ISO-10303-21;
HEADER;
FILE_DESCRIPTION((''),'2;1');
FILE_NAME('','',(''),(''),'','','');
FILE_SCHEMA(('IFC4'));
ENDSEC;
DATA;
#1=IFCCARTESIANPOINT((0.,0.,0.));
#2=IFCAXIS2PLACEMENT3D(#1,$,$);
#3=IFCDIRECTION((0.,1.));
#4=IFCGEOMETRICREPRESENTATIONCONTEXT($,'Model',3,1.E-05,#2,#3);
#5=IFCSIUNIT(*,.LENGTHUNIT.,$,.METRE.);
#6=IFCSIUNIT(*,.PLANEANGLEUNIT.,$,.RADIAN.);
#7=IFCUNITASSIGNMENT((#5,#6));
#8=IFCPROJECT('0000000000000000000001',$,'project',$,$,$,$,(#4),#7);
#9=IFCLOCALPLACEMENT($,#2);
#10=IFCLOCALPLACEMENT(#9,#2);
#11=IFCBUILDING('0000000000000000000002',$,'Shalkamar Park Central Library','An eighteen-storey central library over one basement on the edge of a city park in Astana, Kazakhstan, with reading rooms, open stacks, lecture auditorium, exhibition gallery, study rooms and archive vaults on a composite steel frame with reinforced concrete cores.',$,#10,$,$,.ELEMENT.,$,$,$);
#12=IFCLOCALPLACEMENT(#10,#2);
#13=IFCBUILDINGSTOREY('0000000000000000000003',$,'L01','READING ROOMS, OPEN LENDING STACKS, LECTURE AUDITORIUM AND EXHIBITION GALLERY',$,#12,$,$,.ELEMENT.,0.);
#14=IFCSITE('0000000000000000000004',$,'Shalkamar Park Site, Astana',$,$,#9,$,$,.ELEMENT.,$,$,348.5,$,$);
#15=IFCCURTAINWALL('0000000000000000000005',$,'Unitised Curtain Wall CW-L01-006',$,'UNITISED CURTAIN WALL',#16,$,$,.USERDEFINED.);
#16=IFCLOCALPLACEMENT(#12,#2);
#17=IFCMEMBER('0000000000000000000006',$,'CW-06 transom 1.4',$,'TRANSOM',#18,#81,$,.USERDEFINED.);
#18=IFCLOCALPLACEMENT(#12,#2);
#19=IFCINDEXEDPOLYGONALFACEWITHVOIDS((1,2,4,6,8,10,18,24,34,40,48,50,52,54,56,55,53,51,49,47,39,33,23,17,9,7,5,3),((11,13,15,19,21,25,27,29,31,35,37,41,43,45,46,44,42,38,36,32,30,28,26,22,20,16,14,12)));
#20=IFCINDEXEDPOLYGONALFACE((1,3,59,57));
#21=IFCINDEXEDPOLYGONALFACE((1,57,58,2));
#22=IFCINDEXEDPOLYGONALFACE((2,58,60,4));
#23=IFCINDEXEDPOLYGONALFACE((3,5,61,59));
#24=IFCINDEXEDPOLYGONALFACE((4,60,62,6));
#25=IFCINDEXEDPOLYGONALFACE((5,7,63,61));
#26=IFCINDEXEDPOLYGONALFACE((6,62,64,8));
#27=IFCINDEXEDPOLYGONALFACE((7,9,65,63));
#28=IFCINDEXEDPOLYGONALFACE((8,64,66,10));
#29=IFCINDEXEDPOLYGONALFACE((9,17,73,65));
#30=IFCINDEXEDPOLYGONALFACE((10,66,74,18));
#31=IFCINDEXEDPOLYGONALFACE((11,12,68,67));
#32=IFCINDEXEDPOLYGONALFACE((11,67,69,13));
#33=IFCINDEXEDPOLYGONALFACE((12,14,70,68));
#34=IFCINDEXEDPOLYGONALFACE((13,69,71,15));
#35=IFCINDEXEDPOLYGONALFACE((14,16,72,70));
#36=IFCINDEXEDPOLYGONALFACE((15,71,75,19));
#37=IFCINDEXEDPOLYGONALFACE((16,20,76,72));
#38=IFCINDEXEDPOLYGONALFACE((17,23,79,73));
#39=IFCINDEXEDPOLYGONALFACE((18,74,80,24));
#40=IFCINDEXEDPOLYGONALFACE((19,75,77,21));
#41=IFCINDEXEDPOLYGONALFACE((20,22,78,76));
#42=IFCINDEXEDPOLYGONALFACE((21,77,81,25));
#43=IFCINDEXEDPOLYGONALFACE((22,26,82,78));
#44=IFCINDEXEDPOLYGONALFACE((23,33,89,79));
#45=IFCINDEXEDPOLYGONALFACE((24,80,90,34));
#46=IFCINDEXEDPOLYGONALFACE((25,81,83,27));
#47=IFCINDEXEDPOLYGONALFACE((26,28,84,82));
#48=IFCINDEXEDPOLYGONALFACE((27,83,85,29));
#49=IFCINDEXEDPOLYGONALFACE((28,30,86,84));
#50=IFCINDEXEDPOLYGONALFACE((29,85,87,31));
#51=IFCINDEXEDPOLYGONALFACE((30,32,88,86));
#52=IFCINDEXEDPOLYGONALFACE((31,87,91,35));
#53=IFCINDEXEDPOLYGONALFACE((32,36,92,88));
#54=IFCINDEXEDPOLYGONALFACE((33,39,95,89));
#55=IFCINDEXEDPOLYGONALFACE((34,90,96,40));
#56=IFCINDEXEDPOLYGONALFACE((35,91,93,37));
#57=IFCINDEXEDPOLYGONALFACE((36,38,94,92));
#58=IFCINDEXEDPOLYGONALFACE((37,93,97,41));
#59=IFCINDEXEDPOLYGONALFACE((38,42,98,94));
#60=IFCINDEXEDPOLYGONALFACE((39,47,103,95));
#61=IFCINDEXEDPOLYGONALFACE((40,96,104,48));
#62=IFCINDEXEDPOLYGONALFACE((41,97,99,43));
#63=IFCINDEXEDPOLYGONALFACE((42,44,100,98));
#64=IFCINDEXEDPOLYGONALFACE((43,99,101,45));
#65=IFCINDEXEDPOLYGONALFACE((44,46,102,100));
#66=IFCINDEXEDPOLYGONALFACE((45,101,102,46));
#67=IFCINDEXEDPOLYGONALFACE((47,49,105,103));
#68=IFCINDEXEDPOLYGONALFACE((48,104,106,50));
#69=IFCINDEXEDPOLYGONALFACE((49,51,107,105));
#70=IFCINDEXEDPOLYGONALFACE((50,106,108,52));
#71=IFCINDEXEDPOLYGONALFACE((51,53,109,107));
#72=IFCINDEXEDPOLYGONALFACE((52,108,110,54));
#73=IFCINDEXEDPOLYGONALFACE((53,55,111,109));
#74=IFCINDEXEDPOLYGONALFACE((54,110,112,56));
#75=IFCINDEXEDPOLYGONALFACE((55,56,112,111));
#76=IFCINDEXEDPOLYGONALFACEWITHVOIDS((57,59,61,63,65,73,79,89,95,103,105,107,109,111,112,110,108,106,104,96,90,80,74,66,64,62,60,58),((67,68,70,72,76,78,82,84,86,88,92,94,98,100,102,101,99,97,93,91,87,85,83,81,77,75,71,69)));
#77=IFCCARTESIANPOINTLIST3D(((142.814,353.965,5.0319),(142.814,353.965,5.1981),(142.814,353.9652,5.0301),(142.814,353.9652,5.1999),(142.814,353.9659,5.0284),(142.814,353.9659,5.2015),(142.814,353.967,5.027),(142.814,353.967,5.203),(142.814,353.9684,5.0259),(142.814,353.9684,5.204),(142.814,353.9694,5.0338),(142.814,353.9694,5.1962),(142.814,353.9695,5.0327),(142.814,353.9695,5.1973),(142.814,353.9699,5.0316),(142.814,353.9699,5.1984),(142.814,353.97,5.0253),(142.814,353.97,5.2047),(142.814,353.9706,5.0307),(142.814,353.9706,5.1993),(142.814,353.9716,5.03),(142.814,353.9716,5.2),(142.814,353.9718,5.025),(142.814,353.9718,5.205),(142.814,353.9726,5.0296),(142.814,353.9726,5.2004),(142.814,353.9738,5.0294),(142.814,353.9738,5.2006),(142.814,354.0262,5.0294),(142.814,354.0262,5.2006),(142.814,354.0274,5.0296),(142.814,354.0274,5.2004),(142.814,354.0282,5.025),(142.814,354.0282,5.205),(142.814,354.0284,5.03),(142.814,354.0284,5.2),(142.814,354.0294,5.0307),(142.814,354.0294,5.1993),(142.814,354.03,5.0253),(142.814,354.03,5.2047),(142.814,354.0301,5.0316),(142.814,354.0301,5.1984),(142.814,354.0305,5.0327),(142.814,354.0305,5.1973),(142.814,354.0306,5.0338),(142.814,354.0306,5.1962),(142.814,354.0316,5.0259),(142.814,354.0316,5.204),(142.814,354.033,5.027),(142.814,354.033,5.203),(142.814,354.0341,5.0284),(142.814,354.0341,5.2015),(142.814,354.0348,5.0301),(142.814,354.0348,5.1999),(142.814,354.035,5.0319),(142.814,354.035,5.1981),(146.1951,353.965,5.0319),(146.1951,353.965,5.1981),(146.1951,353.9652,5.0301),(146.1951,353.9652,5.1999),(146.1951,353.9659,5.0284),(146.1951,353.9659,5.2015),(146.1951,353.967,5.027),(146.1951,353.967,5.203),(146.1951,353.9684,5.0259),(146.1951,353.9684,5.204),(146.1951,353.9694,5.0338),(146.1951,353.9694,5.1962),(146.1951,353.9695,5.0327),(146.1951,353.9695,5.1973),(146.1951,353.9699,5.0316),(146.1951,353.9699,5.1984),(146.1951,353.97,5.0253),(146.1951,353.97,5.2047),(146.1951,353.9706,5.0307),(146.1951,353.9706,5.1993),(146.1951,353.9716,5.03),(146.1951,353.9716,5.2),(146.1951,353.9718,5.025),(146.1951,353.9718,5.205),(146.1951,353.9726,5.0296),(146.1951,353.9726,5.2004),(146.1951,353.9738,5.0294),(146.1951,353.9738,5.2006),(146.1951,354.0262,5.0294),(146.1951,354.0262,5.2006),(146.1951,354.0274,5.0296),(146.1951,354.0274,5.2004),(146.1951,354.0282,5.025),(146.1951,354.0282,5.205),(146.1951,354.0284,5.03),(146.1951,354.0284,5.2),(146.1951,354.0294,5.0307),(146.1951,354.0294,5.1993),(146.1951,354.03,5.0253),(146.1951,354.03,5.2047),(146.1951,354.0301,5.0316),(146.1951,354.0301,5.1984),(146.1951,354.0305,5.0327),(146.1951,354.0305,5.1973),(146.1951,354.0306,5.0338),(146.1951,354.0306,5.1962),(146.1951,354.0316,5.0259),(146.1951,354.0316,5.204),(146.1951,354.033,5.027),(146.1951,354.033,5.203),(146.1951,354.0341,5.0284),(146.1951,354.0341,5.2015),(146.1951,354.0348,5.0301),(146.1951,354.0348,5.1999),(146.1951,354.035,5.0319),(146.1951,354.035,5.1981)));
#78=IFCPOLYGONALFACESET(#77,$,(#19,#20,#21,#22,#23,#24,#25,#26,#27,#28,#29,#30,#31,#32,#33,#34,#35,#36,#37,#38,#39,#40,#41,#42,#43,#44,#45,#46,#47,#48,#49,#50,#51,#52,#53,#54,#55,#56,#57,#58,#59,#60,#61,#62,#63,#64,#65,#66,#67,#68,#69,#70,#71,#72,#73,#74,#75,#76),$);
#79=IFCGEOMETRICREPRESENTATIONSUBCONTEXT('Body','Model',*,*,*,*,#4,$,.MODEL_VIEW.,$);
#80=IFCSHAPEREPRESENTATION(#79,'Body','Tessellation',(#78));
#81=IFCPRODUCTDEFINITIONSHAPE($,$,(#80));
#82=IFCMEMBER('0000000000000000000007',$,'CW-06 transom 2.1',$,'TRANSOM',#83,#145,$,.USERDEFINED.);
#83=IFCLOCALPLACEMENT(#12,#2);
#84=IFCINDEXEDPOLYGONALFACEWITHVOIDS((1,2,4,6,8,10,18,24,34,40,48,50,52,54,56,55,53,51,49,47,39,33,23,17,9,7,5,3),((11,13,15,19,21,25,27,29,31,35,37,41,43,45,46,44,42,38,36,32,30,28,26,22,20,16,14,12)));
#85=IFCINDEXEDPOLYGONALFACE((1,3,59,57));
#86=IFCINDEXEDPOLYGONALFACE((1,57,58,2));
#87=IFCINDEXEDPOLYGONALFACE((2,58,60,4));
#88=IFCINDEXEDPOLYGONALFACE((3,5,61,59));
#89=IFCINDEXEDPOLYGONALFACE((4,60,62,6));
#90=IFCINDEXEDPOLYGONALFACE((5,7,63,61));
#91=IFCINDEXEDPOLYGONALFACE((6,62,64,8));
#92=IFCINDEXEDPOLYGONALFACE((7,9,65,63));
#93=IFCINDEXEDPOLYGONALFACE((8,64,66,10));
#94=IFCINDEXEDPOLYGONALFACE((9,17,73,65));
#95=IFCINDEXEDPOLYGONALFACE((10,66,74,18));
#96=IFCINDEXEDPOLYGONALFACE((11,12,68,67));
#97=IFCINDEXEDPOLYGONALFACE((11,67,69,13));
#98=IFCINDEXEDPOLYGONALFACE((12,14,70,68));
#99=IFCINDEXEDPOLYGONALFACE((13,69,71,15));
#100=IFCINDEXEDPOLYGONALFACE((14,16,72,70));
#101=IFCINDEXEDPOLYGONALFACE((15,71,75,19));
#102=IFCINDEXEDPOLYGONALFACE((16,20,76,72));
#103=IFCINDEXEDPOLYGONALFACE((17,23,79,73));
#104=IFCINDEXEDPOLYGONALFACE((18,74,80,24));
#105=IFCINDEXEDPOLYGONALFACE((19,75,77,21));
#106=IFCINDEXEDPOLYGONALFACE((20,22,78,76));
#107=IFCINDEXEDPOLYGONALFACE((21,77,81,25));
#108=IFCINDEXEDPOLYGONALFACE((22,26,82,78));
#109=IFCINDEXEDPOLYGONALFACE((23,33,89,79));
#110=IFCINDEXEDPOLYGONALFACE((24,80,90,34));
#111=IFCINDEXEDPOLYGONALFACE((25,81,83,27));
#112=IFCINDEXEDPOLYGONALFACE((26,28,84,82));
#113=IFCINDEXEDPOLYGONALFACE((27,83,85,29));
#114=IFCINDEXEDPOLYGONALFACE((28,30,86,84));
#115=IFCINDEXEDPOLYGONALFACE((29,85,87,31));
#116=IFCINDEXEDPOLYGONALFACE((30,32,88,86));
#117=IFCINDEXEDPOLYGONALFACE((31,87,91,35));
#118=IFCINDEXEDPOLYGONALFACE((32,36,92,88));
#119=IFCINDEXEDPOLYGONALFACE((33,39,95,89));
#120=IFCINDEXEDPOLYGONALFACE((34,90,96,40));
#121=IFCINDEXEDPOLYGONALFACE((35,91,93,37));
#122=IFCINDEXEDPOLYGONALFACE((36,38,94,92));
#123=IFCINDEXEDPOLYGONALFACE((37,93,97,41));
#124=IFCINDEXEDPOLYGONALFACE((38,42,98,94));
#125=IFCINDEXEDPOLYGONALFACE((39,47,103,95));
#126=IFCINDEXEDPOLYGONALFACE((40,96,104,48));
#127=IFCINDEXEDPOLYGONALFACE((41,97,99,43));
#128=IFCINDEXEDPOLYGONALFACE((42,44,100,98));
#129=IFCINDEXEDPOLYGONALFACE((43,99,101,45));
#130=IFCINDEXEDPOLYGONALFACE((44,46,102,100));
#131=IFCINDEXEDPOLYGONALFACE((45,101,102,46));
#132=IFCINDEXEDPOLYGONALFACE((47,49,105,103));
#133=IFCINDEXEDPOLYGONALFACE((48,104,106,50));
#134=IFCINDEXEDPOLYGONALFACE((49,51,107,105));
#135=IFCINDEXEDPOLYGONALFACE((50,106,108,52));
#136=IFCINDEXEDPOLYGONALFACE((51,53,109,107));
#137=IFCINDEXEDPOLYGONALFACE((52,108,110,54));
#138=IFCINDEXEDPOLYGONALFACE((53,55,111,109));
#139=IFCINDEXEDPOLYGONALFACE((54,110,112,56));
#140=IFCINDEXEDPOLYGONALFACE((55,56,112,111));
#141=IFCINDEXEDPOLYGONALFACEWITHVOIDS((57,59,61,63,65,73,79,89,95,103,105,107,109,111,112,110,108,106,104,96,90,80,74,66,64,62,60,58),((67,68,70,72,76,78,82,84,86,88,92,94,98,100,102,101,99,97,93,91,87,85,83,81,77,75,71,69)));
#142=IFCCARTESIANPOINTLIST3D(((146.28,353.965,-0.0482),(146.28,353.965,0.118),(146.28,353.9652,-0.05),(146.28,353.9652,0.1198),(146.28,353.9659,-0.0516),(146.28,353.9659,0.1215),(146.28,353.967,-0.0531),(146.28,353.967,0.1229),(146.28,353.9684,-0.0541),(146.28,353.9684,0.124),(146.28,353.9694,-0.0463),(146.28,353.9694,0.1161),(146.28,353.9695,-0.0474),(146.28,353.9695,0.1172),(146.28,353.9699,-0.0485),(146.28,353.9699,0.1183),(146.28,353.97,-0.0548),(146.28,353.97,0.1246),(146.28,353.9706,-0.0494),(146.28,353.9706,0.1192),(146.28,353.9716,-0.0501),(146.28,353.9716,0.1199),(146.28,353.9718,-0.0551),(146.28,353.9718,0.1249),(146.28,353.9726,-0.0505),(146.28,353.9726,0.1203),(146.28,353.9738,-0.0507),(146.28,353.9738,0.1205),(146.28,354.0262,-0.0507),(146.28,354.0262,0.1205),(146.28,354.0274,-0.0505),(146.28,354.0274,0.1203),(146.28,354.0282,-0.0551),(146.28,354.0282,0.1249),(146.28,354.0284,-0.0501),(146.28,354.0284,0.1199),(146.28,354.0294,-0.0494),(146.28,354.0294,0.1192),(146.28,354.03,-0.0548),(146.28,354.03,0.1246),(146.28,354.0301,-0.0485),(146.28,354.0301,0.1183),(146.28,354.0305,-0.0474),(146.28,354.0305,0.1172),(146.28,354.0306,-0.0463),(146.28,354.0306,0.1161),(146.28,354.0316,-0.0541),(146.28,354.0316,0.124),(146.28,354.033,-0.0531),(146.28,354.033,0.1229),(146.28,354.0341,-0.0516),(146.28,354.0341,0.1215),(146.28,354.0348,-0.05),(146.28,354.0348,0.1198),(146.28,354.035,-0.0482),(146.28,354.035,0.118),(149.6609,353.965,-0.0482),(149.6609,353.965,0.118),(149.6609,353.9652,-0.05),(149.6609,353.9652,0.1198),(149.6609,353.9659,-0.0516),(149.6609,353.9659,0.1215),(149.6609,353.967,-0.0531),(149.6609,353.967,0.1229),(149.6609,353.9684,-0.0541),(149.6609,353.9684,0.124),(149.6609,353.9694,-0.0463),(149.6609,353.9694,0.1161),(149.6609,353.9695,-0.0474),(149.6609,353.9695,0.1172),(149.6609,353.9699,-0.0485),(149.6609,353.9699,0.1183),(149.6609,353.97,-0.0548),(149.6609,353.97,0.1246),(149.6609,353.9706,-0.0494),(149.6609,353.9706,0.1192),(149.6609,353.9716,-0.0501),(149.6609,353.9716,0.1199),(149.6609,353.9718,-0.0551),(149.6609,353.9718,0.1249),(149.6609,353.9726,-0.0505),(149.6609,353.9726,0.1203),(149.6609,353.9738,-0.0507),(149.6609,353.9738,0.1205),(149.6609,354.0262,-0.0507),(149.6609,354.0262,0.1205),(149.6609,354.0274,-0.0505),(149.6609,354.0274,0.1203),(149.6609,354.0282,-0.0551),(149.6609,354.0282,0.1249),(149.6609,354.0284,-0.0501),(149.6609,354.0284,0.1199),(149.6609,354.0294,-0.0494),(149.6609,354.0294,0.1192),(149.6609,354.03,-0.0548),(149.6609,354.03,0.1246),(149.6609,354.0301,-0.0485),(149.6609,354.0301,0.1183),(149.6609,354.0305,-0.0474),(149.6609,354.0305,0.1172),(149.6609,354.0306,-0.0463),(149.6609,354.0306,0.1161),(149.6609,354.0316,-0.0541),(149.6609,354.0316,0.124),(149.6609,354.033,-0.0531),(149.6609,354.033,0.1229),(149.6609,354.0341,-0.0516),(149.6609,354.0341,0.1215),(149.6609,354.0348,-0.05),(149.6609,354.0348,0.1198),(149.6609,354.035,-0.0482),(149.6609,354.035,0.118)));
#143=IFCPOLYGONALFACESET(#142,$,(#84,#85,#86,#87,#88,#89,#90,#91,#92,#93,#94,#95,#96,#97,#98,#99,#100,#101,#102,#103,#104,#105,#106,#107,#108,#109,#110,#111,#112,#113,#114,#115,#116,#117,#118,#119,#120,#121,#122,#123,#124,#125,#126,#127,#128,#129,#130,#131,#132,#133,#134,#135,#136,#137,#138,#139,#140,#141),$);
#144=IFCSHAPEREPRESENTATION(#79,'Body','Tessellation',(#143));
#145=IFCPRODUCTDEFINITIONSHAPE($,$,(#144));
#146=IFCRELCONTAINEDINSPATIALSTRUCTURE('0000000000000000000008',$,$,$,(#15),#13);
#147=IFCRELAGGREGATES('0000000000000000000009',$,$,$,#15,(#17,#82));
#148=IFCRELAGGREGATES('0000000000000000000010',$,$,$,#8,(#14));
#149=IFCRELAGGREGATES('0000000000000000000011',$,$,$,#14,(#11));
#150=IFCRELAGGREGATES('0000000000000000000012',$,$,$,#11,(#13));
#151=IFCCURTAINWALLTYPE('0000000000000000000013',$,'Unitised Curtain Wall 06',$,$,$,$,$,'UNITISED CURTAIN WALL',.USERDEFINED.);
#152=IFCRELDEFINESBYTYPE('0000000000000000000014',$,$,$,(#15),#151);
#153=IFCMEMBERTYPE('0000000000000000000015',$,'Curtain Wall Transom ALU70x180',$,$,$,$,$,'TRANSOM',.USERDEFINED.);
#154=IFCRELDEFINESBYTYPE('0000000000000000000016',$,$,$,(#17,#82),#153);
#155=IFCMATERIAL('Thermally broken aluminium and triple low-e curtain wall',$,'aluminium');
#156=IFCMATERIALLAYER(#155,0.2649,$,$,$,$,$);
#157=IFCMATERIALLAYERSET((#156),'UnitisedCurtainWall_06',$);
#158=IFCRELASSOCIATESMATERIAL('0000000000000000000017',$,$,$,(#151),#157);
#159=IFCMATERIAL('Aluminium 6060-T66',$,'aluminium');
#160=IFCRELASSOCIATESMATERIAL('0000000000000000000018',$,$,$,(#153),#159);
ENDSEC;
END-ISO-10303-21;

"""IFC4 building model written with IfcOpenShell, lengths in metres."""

from ifc_helpers import new_model, si_unit, direction, frame, origin, origin_2d, place, context, subcontext, project, spatial, hollow_rectangle, extrude, material, layer, layer_set, material_profile, profile_set, type_object, element, aggregate, save


model = new_model("IFC4")

# Units and contexts
model_context = context("Model", 3, precision=1e-05, world=origin(), true_north=direction((0.0, 1.0)))
body_context = subcontext(model_context, "Body", "Model", "MODEL_VIEW")
ifc_project = project(units=[si_unit("LENGTHUNIT", "METRE"), si_unit("PLANEANGLEUNIT", "RADIAN")], contexts=[model_context])

# Site, building, storey
site_placement = place(None, origin())
site = spatial("IfcSite", under=ifc_project, at=site_placement, Name="Shalkamar Park Site, Astana", CompositionType="ELEMENT", RefElevation=348.5)
building_placement = place(site_placement, origin())
building = spatial("IfcBuilding", under=site, at=building_placement, Name="Shalkamar Park Central Library", Description="An eighteen-storey central library over one basement on the edge of a city park in Astana, Kazakhstan, with reading rooms, open stacks, lecture auditorium, exhibition gallery, study rooms and archive vaults on a composite steel frame with reinforced concrete cores.", CompositionType="ELEMENT")
storey_placement = place(building_placement, origin())
storey = spatial("IfcBuildingStorey", under=building, at=storey_placement, Name="L01", Description="READING ROOMS, OPEN LENDING STACKS, LECTURE AUDITORIUM AND EXHIBITION GALLERY", CompositionType="ELEMENT", Elevation=0.0)

# Curtain wall, members
ifc_material_1 = material(Name="Thermally broken aluminium and triple low-e curtain wall", Category="aluminium")
ifc_layer_1 = layer(ifc_material_1, 0.2649)
ifc_layer_set_1 = layer_set([ifc_layer_1], Name="UnitisedCurtainWall_06")
curtain_wall_type = type_object("IfcCurtainWallType", Name="Unitised Curtain Wall 06", ElementType="UNITISED CURTAIN WALL", PredefinedType="USERDEFINED", material=ifc_layer_set_1)
curtain_wall_placement = place(storey_placement, origin())
curtain_wall = element("IfcCurtainWall", 1, at=curtain_wall_placement, inside=storey, type_object=curtain_wall_type, Name="Unitised Curtain Wall CW-L01-006", ObjectType="UNITISED CURTAIN WALL", PredefinedType="USERDEFINED")
ifc_material_2 = material(Name="Aluminium 6060-T66", Category="aluminium")
ifc_material_profile_1 = material_profile(ifc_material_2, hollow_rectangle(XDim=0.0701, YDim=0.1799, WallThickness=0.0044, InnerFilletRadius=0.0044, OuterFilletRadius=0.0068, at=origin_2d()), Name="ALU 70x180x4.5")
ifc_profile_set_1 = profile_set([ifc_material_profile_1], Name="Aluminium 6060-T66")
member_type_1 = type_object("IfcMemberType", Name="Curtain Wall Transom ALU70x180", ElementType="TRANSOM", PredefinedType="USERDEFINED", material=ifc_profile_set_1)
member_1_placement = place(storey_placement, frame((142.814, 354.0, 5.115), z_axis=(1.0, 0.0, 0.0), x_axis=(0.0, 1.0, 0.0)))
member_1 = element("IfcMember", 2, at=member_1_placement, type_object=member_type_1, Name="CW-06 transom 1.4", ObjectType="TRANSOM", PredefinedType="USERDEFINED", context=body_context, shape_type="SweptSolid", body=[
    extrude(hollow_rectangle(XDim=0.0701, YDim=0.1799, WallThickness=0.0044, InnerFilletRadius=0.0044, OuterFilletRadius=0.0068, at=origin_2d()), origin(), (0.0, 0.0, 1.0), 3.3811),
])
member_2_placement = place(storey_placement, frame((146.28, 354.0, 0.0349), z_axis=(1.0, 0.0, 0.0), x_axis=(0.0, 1.0, 0.0)))
member_2 = element("IfcMember", 3, at=member_2_placement, type_object=member_type_1, Name="CW-06 transom 2.1", ObjectType="TRANSOM", PredefinedType="USERDEFINED", context=body_context, shape_type="SweptSolid", body=[
    extrude(hollow_rectangle(XDim=0.0701, YDim=0.1799, WallThickness=0.0044, InnerFilletRadius=0.0044, OuterFilletRadius=0.0068, at=origin_2d()), origin(), (0.0, 0.0, 1.0), 3.3809),
])

aggregate(curtain_wall, [member_1, member_2])

save(model, "model.ifc")
